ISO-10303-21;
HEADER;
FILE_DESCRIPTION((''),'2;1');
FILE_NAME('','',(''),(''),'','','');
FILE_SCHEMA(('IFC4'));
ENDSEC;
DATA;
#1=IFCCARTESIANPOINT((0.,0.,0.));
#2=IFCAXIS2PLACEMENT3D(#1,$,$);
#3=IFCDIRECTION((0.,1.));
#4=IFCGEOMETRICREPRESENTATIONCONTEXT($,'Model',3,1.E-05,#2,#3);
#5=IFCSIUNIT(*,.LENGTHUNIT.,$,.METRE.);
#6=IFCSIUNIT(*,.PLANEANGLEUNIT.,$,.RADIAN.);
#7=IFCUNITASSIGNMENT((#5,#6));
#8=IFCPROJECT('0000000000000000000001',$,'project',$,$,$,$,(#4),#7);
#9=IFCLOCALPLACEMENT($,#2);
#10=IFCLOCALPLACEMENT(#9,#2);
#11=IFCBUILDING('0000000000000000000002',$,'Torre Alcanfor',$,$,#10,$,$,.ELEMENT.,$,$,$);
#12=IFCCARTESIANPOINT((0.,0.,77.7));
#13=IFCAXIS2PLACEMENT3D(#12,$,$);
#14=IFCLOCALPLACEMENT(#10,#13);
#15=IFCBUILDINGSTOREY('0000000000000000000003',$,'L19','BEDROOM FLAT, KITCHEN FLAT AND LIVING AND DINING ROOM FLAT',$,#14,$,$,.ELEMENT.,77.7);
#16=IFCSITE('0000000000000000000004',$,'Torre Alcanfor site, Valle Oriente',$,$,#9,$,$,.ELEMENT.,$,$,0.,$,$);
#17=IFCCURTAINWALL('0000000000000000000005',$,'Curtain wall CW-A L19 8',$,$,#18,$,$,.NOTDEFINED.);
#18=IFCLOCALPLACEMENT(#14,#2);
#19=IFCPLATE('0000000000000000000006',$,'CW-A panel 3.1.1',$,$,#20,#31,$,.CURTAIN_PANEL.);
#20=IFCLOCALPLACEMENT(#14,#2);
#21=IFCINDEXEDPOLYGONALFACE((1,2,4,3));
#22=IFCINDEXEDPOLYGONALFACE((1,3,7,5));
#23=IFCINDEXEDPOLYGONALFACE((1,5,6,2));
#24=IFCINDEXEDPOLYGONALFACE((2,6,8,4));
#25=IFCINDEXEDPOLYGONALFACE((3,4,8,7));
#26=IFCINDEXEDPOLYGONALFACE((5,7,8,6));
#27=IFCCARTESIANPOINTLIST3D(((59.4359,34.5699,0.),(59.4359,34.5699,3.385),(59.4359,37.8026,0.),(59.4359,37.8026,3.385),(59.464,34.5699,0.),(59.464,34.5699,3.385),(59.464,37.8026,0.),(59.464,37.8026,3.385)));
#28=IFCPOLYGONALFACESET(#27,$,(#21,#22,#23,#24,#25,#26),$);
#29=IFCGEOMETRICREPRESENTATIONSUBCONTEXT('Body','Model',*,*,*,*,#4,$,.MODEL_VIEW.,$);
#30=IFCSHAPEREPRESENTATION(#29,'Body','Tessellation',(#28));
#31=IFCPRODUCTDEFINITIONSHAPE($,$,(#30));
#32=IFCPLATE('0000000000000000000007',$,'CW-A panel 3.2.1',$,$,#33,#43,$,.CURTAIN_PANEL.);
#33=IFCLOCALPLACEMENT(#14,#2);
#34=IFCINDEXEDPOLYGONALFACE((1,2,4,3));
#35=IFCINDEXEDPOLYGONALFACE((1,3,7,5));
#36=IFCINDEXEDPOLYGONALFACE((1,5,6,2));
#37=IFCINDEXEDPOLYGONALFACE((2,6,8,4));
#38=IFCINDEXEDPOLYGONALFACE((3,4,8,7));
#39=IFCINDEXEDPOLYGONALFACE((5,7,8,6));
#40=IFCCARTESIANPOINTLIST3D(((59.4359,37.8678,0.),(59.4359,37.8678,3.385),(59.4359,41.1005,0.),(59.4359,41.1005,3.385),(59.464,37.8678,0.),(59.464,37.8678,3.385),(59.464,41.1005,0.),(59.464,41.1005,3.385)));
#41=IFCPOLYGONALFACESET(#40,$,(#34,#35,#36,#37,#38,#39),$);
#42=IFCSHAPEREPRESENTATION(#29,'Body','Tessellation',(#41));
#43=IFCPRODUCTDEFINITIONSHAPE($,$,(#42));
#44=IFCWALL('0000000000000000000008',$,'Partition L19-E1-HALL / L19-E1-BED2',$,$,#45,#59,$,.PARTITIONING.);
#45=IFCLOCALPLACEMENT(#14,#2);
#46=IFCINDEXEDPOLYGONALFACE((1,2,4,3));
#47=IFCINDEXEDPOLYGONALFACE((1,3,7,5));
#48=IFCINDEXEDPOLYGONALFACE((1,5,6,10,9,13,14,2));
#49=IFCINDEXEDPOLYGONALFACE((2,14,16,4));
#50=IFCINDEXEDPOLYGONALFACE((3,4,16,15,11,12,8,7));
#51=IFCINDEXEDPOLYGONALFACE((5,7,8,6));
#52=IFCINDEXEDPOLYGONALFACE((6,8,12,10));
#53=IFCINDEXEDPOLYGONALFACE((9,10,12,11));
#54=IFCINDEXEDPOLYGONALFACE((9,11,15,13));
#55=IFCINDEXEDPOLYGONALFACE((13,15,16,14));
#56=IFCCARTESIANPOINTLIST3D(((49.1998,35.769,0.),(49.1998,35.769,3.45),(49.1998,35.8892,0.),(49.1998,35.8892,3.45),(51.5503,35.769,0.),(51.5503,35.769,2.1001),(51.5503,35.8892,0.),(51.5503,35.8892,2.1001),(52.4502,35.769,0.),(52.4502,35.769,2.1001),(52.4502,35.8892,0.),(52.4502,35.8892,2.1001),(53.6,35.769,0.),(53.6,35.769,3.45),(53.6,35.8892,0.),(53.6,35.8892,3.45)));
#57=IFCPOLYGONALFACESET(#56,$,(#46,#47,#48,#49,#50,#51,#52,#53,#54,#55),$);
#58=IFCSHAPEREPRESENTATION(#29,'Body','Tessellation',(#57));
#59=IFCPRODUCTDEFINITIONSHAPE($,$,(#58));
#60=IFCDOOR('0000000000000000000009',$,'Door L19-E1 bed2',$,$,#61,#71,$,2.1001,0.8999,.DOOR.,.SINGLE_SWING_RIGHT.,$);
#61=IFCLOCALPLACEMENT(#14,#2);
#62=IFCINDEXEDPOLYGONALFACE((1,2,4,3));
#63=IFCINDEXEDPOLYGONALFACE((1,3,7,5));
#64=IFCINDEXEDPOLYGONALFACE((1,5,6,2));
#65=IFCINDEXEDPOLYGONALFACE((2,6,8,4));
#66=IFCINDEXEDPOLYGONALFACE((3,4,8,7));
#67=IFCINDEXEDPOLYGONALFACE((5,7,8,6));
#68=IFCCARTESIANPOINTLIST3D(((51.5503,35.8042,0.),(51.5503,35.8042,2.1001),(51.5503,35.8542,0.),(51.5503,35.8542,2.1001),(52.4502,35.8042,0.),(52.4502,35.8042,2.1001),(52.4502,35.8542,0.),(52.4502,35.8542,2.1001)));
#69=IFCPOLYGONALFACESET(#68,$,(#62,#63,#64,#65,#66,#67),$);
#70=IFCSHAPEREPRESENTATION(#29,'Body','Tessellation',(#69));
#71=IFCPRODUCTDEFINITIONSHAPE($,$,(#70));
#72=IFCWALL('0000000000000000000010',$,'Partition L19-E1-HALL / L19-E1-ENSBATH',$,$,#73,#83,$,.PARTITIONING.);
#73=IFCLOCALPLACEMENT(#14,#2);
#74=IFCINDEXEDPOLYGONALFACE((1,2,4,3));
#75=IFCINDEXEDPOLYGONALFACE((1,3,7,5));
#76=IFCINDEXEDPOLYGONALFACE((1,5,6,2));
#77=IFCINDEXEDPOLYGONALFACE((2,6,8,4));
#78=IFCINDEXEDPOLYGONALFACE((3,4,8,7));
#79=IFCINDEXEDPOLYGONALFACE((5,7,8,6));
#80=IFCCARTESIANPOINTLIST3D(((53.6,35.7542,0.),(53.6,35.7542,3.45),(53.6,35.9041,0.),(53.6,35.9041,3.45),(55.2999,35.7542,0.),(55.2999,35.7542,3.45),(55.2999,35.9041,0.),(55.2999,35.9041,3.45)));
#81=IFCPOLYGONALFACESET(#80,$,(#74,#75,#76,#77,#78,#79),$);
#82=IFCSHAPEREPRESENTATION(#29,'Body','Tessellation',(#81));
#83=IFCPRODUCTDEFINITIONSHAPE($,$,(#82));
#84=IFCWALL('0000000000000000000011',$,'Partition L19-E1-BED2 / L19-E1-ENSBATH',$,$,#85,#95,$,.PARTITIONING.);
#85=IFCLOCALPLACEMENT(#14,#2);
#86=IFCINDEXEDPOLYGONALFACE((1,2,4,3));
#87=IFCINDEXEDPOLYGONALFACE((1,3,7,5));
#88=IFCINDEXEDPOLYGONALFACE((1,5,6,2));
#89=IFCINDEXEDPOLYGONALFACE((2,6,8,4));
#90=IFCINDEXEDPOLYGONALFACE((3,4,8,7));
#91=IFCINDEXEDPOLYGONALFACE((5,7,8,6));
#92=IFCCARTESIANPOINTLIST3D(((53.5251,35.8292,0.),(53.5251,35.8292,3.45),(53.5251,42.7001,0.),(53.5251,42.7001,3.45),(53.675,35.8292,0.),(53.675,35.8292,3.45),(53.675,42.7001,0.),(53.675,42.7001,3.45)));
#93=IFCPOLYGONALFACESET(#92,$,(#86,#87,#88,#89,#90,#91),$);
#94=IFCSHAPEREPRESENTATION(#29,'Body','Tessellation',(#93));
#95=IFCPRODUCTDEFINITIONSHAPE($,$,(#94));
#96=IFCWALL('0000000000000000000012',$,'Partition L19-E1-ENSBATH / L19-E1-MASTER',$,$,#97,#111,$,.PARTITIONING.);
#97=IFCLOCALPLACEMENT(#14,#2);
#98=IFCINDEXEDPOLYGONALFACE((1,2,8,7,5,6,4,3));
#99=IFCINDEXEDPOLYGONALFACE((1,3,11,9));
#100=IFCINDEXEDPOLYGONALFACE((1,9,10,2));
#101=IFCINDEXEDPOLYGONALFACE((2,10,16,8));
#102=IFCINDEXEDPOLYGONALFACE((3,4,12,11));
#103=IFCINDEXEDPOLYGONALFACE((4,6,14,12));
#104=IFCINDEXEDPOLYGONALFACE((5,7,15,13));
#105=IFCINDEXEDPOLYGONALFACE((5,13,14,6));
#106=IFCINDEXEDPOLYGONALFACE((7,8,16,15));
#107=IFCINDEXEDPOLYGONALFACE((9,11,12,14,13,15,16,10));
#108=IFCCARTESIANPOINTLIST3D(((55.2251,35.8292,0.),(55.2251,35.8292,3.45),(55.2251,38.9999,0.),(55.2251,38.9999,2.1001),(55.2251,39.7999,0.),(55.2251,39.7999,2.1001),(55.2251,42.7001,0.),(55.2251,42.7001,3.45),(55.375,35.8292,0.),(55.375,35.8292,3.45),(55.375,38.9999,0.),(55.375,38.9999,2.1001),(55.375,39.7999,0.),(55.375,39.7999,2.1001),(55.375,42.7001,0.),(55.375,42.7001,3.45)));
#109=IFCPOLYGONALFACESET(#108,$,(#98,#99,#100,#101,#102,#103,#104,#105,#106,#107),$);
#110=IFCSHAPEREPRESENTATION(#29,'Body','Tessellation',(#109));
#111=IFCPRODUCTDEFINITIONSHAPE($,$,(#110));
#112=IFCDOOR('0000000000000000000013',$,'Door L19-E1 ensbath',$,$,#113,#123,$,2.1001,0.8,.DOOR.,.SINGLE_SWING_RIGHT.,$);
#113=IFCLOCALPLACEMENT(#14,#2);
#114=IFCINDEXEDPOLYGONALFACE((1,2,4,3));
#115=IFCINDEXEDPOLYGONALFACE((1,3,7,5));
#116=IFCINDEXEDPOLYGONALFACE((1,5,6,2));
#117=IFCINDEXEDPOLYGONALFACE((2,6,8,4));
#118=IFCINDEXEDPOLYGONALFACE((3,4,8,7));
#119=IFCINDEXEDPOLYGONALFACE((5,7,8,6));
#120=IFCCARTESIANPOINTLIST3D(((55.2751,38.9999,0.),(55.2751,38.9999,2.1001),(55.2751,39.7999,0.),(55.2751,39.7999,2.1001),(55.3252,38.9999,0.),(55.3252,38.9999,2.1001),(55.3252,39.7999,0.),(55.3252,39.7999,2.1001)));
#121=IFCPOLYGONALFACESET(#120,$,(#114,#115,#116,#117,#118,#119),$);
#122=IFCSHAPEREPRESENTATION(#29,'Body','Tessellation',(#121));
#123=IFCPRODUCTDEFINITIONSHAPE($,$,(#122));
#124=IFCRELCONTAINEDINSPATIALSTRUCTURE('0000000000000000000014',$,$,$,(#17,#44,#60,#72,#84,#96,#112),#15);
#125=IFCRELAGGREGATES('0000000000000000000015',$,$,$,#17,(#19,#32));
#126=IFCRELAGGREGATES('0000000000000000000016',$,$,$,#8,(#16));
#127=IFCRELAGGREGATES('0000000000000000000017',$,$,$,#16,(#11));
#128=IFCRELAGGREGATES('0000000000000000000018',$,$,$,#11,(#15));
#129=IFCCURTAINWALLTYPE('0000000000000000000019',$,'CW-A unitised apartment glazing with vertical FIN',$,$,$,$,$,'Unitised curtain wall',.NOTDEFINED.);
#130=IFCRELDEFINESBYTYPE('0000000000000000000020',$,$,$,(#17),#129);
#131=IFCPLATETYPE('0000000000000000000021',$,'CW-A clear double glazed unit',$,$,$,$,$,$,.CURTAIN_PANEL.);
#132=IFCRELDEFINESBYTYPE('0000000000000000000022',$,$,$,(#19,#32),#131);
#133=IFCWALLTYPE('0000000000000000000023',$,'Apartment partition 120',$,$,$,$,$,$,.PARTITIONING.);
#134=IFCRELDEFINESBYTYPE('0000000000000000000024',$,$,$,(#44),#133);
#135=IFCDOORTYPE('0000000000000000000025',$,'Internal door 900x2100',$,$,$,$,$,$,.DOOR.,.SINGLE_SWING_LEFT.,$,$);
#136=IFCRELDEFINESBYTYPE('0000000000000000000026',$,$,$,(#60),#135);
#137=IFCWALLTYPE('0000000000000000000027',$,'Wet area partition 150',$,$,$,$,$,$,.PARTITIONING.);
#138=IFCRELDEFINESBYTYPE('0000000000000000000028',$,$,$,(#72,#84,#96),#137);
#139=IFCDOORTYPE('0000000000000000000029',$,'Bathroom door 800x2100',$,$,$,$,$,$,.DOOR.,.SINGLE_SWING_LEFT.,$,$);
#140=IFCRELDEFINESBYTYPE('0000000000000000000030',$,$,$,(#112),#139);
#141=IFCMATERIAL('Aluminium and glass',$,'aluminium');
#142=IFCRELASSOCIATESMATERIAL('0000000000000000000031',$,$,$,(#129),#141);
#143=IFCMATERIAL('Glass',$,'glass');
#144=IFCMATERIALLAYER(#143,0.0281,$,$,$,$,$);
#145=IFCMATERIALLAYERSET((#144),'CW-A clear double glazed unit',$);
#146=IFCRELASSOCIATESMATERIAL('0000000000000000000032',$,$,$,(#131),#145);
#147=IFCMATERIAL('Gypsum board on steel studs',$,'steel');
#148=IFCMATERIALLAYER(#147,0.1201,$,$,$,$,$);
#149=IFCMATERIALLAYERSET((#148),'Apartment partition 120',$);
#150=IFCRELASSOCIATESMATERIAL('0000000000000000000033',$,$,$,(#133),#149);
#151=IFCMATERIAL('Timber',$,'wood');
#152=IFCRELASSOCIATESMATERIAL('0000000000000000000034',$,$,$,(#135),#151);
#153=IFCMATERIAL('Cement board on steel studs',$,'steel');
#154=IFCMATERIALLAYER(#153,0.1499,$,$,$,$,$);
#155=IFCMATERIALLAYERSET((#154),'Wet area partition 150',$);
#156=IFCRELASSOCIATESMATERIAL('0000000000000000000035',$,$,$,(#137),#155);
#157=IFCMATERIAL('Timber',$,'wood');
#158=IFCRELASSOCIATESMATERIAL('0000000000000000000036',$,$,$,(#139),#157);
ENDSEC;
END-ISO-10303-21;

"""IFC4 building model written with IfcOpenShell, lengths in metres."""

from ifc_helpers import new_model, si_unit, direction, frame, frame_2d, origin, origin_2d, place, context, subcontext, project, spatial, rectangle, extrude, material, layer, layer_set, type_object, element, fill, aggregate, save


model = new_model("IFC4")

# Units and contexts
model_context = context("Model", 3, precision=1e-05, world=origin(), true_north=direction((0.0, 1.0)))
body_context = subcontext(model_context, "Body", "Model", "MODEL_VIEW")
ifc_project = project(units=[si_unit("LENGTHUNIT", "METRE"), si_unit("PLANEANGLEUNIT", "RADIAN")], contexts=[model_context])

# Site, building, storey
site_placement = place(None, origin())
site = spatial("IfcSite", under=ifc_project, at=site_placement, Name="Torre Alcanfor site, Valle Oriente", CompositionType="ELEMENT", RefElevation=0.0)
building_placement = place(site_placement, origin())
building = spatial("IfcBuilding", under=site, at=building_placement, Name="Torre Alcanfor", CompositionType="ELEMENT")
storey_placement = place(building_placement, frame((0.0, 0.0, 77.7)))
storey = spatial("IfcBuildingStorey", under=building, at=storey_placement, Name="L19", Description="BEDROOM FLAT, KITCHEN FLAT AND LIVING AND DINING ROOM FLAT", CompositionType="ELEMENT", Elevation=77.7)

# Curtain wall
ifc_material_1 = material(Name="Aluminium and glass", Category="aluminium")
curtain_wall_type = type_object("IfcCurtainWallType", Name="CW-A unitised apartment glazing with vertical FIN", ElementType="Unitised curtain wall", PredefinedType="NOTDEFINED", material=ifc_material_1)
curtain_wall_placement = place(storey_placement, origin())
curtain_wall = element("IfcCurtainWall", 1, at=curtain_wall_placement, inside=storey, type_object=curtain_wall_type, Name="Curtain wall CW-A L19 8", PredefinedType="NOTDEFINED")

# Plates
ifc_material_2 = material(Name="Glass", Category="glass")
ifc_layer_1 = layer(ifc_material_2, 0.0281)
ifc_layer_set_1 = layer_set([ifc_layer_1], Name="CW-A clear double glazed unit")
plate_type = type_object("IfcPlateType", Name="CW-A clear double glazed unit", PredefinedType="CURTAIN_PANEL", material=ifc_layer_set_1)
plate_1_placement = place(storey_placement, frame((59.45, 36.1863, 0.0), z_axis=(0.0, 0.0, 1.0), x_axis=(0.0, 1.0, 0.0)))
plate_1 = element("IfcPlate", 2, at=plate_1_placement, type_object=plate_type, Name="CW-A panel 3.1.1", PredefinedType="CURTAIN_PANEL", context=body_context, shape_type="SweptSolid", body=[
    extrude(rectangle(XDim=3.2327, YDim=0.0281, at=origin_2d()), origin(), (0.0, 0.0, 1.0), 3.385),
])
plate_2_placement = place(storey_placement, frame((59.45, 39.4841, 0.0), z_axis=(0.0, 0.0, 1.0), x_axis=(0.0, 1.0, 0.0)))
plate_2 = element("IfcPlate", 3, at=plate_2_placement, type_object=plate_type, Name="CW-A panel 3.2.1", PredefinedType="CURTAIN_PANEL", context=body_context, shape_type="SweptSolid", body=[
    extrude(rectangle(XDim=3.2327, YDim=0.0281, at=origin_2d()), origin(), (0.0, 0.0, 1.0), 3.385),
])
aggregate(curtain_wall, [plate_1, plate_2])

# Wall, opening, door
ifc_material_3 = material(Name="Gypsum board on steel studs", Category="steel")
ifc_layer_2 = layer(ifc_material_3, 0.1201)
ifc_layer_set_2 = layer_set([ifc_layer_2], Name="Apartment partition 120")
wall_type_1 = type_object("IfcWallType", Name="Apartment partition 120", PredefinedType="PARTITIONING", material=ifc_layer_set_2)
wall_1_placement = place(storey_placement, frame((53.6001, 35.8291, 0.0), z_axis=(0.0, 0.0, 1.0), x_axis=(-1.0, 0.0, 0.0)))
wall_1 = element("IfcWall", 4, at=wall_1_placement, inside=storey, type_object=wall_type_1, Name="Partition L19-E1-HALL / L19-E1-BED2", PredefinedType="PARTITIONING", context=body_context, shape_type="SweptSolid", body=[
    extrude(rectangle(XDim=4.4001, YDim=0.1201, at=frame_2d((2.2002, 0.0))), origin(), (0.0, 0.0, 1.0), 3.45),
])
opening_1_placement = place(wall_1_placement, frame((1.1499, 0.0, 0.0)))
opening_1 = element("IfcOpeningElement", 5, at=opening_1_placement, cuts=wall_1, PredefinedType="OPENING", context=body_context, shape_type="SweptSolid", body=[
    extrude(rectangle(XDim=0.8999, YDim=2.1001, at=frame_2d((0.45, 1.05))), frame((0.0, 0.0701, 0.0), z_axis=(0.0, -1.0, 0.0), x_axis=(1.0, 0.0, 0.0)), (0.0, 0.0, 1.0), 0.1401),
])
ifc_material_4 = material(Name="Timber", Category="wood")
door_type_1 = type_object("IfcDoorType", Name="Internal door 900x2100", OperationType="SINGLE_SWING_LEFT", PredefinedType="DOOR", material=ifc_material_4)
door_1_placement = place(opening_1_placement, frame((0.8999, 0.0, 0.0), z_axis=(0.0, 0.0, 1.0), x_axis=(-1.0, 0.0, 0.0)))
door_1 = element("IfcDoor", 6, at=door_1_placement, inside=storey, type_object=door_type_1, Name="Door L19-E1 bed2", OperationType="SINGLE_SWING_RIGHT", OverallHeight=2.1001, OverallWidth=0.8999, PredefinedType="DOOR", context=body_context, shape_type="SweptSolid", body=[
    extrude(rectangle(XDim=0.8999, YDim=2.1001, at=frame_2d((0.45, 1.05))), frame((0.0, 0.0251, 0.0), z_axis=(0.0, -1.0, 0.0), x_axis=(1.0, 0.0, 0.0)), (0.0, 0.0, 1.0), 0.05),
])
fill(opening_1, door_1)

# Walls
ifc_material_5 = material(Name="Cement board on steel studs", Category="steel")
ifc_layer_3 = layer(ifc_material_5, 0.1499)
ifc_layer_set_3 = layer_set([ifc_layer_3], Name="Wet area partition 150")
wall_type_2 = type_object("IfcWallType", Name="Wet area partition 150", PredefinedType="PARTITIONING", material=ifc_layer_set_3)
wall_2_placement = place(storey_placement, frame((55.3, 35.8291, 0.0), z_axis=(0.0, 0.0, 1.0), x_axis=(-1.0, 0.0, 0.0)))
element("IfcWall", 7, at=wall_2_placement, inside=storey, type_object=wall_type_2, Name="Partition L19-E1-HALL / L19-E1-ENSBATH", PredefinedType="PARTITIONING", context=body_context, shape_type="SweptSolid", body=[
    extrude(rectangle(XDim=1.7, YDim=0.1499, at=frame_2d((0.8501, 0.0))), origin(), (0.0, 0.0, 1.0), 3.45),
])
wall_3_placement = place(storey_placement, frame((53.6001, 35.8291, 0.0), z_axis=(0.0, 0.0, 1.0), x_axis=(0.0, 1.0, 0.0)))
element("IfcWall", 8, at=wall_3_placement, inside=storey, type_object=wall_type_2, Name="Partition L19-E1-BED2 / L19-E1-ENSBATH", PredefinedType="PARTITIONING", context=body_context, shape_type="SweptSolid", body=[
    extrude(rectangle(XDim=6.8708, YDim=0.1499, at=frame_2d((3.4355, 0.0))), origin(), (0.0, 0.0, 1.0), 3.45),
])

# Wall, opening, door
wall_4_placement = place(storey_placement, frame((55.3, 35.8291, 0.0), z_axis=(0.0, 0.0, 1.0), x_axis=(0.0, 1.0, 0.0)))
wall_4 = element("IfcWall", 9, at=wall_4_placement, inside=storey, type_object=wall_type_2, Name="Partition L19-E1-ENSBATH / L19-E1-MASTER", PredefinedType="PARTITIONING", context=body_context, shape_type="SweptSolid", body=[
    extrude(rectangle(XDim=6.8708, YDim=0.1499, at=frame_2d((3.4355, 0.0))), origin(), (0.0, 0.0, 1.0), 3.45),
])
opening_2_placement = place(wall_4_placement, frame((3.1709, 0.0, 0.0)))
opening_2 = element("IfcOpeningElement", 10, at=opening_2_placement, cuts=wall_4, PredefinedType="OPENING", context=body_context, shape_type="SweptSolid", body=[
    extrude(rectangle(XDim=0.8, YDim=2.1001, at=frame_2d((0.3999, 1.05))), frame((0.0, 0.085, 0.0), z_axis=(0.0, -1.0, 0.0), x_axis=(1.0, 0.0, 0.0)), (0.0, 0.0, 1.0), 0.1699),
])
ifc_material_6 = material(Name="Timber", Category="wood")
door_type_2 = type_object("IfcDoorType", Name="Bathroom door 800x2100", OperationType="SINGLE_SWING_LEFT", PredefinedType="DOOR", material=ifc_material_6)
door_2_placement = place(opening_2_placement, origin())
door_2 = element("IfcDoor", 11, at=door_2_placement, inside=storey, type_object=door_type_2, Name="Door L19-E1 ensbath", OperationType="SINGLE_SWING_RIGHT", OverallHeight=2.1001, OverallWidth=0.8, PredefinedType="DOOR", context=body_context, shape_type="SweptSolid", body=[
    extrude(rectangle(XDim=0.8, YDim=2.1001, at=frame_2d((0.3999, 1.05))), frame((0.0, 0.0249, 0.0), z_axis=(0.0, -1.0, 0.0), x_axis=(1.0, 0.0, 0.0)), (0.0, 0.0, 1.0), 0.05),
])
fill(opening_2, door_2)

save(model, "model.ifc")
